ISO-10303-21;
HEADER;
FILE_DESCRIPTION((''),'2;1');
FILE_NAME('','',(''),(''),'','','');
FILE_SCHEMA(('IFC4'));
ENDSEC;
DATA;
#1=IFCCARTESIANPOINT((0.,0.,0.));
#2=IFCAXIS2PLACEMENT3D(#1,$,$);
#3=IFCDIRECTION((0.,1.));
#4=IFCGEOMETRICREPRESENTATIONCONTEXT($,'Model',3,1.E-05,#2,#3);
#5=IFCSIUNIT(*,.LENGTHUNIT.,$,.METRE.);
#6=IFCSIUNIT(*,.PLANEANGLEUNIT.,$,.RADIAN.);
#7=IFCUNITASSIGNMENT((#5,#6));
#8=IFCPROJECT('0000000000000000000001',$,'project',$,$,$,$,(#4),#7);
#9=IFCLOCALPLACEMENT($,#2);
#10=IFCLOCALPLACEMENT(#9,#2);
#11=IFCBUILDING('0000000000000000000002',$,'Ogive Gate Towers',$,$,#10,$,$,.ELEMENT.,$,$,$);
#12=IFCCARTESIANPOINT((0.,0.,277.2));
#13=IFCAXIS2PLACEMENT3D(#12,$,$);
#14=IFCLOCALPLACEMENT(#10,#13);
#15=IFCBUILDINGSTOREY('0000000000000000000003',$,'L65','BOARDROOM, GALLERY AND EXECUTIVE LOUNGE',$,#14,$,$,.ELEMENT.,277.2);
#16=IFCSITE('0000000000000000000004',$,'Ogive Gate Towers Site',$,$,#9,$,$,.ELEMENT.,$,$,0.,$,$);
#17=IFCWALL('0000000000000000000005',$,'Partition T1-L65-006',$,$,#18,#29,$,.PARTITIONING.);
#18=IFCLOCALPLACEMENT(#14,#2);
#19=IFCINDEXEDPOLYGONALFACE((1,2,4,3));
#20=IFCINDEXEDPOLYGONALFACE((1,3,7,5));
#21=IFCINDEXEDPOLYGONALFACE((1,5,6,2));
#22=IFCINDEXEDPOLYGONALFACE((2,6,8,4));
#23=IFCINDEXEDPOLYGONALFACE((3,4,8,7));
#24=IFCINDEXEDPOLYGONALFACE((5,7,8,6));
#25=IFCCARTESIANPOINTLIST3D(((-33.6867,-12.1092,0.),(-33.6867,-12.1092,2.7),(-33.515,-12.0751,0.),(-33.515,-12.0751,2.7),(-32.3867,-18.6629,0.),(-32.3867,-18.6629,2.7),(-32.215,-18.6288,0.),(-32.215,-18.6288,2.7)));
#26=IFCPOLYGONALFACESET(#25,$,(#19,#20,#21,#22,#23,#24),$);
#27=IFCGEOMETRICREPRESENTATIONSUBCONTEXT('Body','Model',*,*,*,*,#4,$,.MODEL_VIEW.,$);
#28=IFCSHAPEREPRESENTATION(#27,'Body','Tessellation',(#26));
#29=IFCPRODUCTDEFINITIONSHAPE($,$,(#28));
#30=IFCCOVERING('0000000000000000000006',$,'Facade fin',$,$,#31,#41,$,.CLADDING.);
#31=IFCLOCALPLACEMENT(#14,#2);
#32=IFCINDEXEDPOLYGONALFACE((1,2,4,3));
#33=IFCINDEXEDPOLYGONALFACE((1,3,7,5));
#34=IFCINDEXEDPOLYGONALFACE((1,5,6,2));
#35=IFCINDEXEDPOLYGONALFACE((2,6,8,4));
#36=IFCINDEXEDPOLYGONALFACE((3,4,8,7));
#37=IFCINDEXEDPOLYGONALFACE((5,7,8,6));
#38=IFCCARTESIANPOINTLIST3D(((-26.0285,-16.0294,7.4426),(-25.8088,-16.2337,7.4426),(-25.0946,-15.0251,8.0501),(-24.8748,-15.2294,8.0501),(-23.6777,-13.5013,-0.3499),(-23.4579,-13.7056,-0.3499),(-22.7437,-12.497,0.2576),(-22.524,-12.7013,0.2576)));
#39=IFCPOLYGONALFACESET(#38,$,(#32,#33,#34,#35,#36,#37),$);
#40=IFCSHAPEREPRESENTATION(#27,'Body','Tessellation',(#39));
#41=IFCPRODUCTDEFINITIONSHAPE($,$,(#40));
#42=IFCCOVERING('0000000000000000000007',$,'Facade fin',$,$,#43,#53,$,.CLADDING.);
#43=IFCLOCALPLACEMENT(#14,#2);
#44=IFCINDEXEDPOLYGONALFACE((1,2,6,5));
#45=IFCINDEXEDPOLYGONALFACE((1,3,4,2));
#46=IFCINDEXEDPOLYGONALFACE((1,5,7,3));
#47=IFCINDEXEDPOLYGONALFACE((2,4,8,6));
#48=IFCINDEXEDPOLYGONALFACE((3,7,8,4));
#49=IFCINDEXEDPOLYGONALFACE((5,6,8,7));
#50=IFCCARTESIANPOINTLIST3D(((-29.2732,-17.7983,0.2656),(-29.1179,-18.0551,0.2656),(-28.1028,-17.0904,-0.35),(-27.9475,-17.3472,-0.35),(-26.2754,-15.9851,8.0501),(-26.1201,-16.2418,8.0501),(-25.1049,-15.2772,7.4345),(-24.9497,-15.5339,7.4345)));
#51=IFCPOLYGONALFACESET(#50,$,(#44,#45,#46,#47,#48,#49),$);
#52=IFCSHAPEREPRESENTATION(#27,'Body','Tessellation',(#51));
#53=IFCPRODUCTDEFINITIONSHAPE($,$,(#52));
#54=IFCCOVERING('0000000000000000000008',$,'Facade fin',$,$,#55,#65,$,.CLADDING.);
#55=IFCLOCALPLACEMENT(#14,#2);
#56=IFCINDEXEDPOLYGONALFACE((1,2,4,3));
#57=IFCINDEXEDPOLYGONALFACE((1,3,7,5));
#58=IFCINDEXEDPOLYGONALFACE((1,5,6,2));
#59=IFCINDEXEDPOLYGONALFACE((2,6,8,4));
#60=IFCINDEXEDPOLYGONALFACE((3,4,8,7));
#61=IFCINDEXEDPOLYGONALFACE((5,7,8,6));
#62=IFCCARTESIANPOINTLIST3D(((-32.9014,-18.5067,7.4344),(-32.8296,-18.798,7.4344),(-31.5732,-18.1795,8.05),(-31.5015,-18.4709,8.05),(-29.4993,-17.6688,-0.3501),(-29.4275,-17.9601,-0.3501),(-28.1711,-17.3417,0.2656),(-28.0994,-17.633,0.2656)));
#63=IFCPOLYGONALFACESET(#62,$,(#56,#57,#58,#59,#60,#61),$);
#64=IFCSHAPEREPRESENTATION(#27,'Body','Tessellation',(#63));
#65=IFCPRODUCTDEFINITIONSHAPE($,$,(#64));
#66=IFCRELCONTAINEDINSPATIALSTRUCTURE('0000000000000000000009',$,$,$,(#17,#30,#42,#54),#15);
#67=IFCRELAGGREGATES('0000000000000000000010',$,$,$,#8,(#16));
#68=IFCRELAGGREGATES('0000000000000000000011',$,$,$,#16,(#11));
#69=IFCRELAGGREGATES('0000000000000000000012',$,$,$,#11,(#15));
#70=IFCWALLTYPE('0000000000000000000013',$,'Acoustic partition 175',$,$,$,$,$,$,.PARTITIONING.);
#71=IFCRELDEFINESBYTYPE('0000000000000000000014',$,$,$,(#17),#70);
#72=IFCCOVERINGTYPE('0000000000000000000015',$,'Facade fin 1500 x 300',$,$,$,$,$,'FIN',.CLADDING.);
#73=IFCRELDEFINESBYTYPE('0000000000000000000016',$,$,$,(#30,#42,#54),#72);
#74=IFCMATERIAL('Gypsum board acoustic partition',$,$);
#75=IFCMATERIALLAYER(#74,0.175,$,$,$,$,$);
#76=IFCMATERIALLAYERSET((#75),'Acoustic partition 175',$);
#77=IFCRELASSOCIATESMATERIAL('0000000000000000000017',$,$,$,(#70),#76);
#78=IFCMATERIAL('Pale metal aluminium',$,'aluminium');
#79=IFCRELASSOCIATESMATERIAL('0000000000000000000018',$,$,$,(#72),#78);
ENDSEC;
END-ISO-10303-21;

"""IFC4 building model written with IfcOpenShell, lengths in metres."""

from ifc_helpers import new_model, si_unit, direction, frame, frame_2d, origin, origin_2d, place, context, subcontext, project, spatial, rectangle, extrude, material, layer, layer_set, material_profile, profile_set, type_object, element, save


model = new_model("IFC4")

# Units and contexts
model_context = context("Model", 3, precision=1e-05, world=origin(), true_north=direction((0.0, 1.0)))
body_context = subcontext(model_context, "Body", "Model", "MODEL_VIEW")
ifc_project = project(units=[si_unit("LENGTHUNIT", "METRE"), si_unit("PLANEANGLEUNIT", "RADIAN")], contexts=[model_context])

# Site, building, storey
site_placement = place(None, origin())
site = spatial("IfcSite", under=ifc_project, at=site_placement, Name="Ogive Gate Towers Site", CompositionType="ELEMENT", RefElevation=0.0)
building_placement = place(site_placement, origin())
building = spatial("IfcBuilding", under=site, at=building_placement, Name="Ogive Gate Towers", CompositionType="ELEMENT")
storey_placement = place(building_placement, frame((0.0, 0.0, 277.2)))
storey = spatial("IfcBuildingStorey", under=building, at=storey_placement, Name="L65", Description="BOARDROOM, GALLERY AND EXECUTIVE LOUNGE", CompositionType="ELEMENT", Elevation=277.2)

# Shared definitions
ifc_material_1 = material(Name="Pale metal aluminium", Category="aluminium")

# Wall
ifc_material_2 = material(Name="Gypsum board acoustic partition")
ifc_layer_1 = layer(ifc_material_2, 0.175)
ifc_layer_set_1 = layer_set([ifc_layer_1], Name="Acoustic partition 175")
wall_type = type_object("IfcWallType", Name="Acoustic partition 175", PredefinedType="PARTITIONING", material=ifc_layer_set_1)
wall_placement = place(storey_placement, frame((-32.3008, -18.646, 0.0), z_axis=(0.0, 0.0, 1.0), x_axis=(-0.194577, 0.980887, 0.0)))
element("IfcWall", 1, at=wall_placement, inside=storey, type_object=wall_type, Name="Partition T1-L65-006", PredefinedType="PARTITIONING", context=body_context, shape_type="SweptSolid", body=[
    extrude(rectangle(XDim=6.6814, YDim=0.175, at=frame_2d((3.3408, 0.0))), origin(), (0.0, 0.0, 1.0), 2.7),
])

# Coverings
ifc_material_profile_1 = material_profile(ifc_material_1, rectangle(XDim=0.3, YDim=1.5, at=origin_2d()), Name="1500 x 300 pale metal aluminium")
ifc_profile_set_1 = profile_set([ifc_material_profile_1], Name="Pale metal aluminium")
covering_type = type_object("IfcCoveringType", Name="Facade fin 1500 x 300", ElementType="FIN", PredefinedType="CLADDING", material=ifc_profile_set_1)
covering_placement = place(storey_placement, frame((-23.1008, -13.1013, -0.0461), z_axis=(-0.275824, -0.296621, 0.914296), x_axis=(0.732312, -0.680969, 0.0)))
element("IfcCovering", 2, at=covering_placement, inside=storey, type_object=covering_type, Name="Facade fin", PredefinedType="CLADDING", context=body_context, shape_type="SweptSolid", body=[
    extrude(rectangle(XDim=0.3, YDim=1.5, at=origin_2d()), origin(), (0.0, 0.0, 1.0), 8.5229),
])
for number, where, z_axis, x_axis, name in (
    (3, (-28.6104, -17.5728, -0.0422), (0.351175, 0.212409, 0.911898), (-0.517546, 0.855655, 0.0), "Facade fin"),
    (4, (-28.7993, -17.6509, -0.0422), (-0.398531, -0.098153, 0.911888), (0.23914, -0.970985, 0.0), "Facade fin"),
):
    element("IfcCovering", number, at=place(storey_placement, frame(where, z_axis=z_axis, x_axis=x_axis)), inside=storey, type_object=covering_type, Name=name, PredefinedType="CLADDING", context=body_context, shape_type="SweptSolid", body=[
        extrude(rectangle(XDim=0.3, YDim=1.5, at=origin_2d()), origin(), (0.0, 0.0, 1.0), 8.5366),
    ])

save(model, "model.ifc")
